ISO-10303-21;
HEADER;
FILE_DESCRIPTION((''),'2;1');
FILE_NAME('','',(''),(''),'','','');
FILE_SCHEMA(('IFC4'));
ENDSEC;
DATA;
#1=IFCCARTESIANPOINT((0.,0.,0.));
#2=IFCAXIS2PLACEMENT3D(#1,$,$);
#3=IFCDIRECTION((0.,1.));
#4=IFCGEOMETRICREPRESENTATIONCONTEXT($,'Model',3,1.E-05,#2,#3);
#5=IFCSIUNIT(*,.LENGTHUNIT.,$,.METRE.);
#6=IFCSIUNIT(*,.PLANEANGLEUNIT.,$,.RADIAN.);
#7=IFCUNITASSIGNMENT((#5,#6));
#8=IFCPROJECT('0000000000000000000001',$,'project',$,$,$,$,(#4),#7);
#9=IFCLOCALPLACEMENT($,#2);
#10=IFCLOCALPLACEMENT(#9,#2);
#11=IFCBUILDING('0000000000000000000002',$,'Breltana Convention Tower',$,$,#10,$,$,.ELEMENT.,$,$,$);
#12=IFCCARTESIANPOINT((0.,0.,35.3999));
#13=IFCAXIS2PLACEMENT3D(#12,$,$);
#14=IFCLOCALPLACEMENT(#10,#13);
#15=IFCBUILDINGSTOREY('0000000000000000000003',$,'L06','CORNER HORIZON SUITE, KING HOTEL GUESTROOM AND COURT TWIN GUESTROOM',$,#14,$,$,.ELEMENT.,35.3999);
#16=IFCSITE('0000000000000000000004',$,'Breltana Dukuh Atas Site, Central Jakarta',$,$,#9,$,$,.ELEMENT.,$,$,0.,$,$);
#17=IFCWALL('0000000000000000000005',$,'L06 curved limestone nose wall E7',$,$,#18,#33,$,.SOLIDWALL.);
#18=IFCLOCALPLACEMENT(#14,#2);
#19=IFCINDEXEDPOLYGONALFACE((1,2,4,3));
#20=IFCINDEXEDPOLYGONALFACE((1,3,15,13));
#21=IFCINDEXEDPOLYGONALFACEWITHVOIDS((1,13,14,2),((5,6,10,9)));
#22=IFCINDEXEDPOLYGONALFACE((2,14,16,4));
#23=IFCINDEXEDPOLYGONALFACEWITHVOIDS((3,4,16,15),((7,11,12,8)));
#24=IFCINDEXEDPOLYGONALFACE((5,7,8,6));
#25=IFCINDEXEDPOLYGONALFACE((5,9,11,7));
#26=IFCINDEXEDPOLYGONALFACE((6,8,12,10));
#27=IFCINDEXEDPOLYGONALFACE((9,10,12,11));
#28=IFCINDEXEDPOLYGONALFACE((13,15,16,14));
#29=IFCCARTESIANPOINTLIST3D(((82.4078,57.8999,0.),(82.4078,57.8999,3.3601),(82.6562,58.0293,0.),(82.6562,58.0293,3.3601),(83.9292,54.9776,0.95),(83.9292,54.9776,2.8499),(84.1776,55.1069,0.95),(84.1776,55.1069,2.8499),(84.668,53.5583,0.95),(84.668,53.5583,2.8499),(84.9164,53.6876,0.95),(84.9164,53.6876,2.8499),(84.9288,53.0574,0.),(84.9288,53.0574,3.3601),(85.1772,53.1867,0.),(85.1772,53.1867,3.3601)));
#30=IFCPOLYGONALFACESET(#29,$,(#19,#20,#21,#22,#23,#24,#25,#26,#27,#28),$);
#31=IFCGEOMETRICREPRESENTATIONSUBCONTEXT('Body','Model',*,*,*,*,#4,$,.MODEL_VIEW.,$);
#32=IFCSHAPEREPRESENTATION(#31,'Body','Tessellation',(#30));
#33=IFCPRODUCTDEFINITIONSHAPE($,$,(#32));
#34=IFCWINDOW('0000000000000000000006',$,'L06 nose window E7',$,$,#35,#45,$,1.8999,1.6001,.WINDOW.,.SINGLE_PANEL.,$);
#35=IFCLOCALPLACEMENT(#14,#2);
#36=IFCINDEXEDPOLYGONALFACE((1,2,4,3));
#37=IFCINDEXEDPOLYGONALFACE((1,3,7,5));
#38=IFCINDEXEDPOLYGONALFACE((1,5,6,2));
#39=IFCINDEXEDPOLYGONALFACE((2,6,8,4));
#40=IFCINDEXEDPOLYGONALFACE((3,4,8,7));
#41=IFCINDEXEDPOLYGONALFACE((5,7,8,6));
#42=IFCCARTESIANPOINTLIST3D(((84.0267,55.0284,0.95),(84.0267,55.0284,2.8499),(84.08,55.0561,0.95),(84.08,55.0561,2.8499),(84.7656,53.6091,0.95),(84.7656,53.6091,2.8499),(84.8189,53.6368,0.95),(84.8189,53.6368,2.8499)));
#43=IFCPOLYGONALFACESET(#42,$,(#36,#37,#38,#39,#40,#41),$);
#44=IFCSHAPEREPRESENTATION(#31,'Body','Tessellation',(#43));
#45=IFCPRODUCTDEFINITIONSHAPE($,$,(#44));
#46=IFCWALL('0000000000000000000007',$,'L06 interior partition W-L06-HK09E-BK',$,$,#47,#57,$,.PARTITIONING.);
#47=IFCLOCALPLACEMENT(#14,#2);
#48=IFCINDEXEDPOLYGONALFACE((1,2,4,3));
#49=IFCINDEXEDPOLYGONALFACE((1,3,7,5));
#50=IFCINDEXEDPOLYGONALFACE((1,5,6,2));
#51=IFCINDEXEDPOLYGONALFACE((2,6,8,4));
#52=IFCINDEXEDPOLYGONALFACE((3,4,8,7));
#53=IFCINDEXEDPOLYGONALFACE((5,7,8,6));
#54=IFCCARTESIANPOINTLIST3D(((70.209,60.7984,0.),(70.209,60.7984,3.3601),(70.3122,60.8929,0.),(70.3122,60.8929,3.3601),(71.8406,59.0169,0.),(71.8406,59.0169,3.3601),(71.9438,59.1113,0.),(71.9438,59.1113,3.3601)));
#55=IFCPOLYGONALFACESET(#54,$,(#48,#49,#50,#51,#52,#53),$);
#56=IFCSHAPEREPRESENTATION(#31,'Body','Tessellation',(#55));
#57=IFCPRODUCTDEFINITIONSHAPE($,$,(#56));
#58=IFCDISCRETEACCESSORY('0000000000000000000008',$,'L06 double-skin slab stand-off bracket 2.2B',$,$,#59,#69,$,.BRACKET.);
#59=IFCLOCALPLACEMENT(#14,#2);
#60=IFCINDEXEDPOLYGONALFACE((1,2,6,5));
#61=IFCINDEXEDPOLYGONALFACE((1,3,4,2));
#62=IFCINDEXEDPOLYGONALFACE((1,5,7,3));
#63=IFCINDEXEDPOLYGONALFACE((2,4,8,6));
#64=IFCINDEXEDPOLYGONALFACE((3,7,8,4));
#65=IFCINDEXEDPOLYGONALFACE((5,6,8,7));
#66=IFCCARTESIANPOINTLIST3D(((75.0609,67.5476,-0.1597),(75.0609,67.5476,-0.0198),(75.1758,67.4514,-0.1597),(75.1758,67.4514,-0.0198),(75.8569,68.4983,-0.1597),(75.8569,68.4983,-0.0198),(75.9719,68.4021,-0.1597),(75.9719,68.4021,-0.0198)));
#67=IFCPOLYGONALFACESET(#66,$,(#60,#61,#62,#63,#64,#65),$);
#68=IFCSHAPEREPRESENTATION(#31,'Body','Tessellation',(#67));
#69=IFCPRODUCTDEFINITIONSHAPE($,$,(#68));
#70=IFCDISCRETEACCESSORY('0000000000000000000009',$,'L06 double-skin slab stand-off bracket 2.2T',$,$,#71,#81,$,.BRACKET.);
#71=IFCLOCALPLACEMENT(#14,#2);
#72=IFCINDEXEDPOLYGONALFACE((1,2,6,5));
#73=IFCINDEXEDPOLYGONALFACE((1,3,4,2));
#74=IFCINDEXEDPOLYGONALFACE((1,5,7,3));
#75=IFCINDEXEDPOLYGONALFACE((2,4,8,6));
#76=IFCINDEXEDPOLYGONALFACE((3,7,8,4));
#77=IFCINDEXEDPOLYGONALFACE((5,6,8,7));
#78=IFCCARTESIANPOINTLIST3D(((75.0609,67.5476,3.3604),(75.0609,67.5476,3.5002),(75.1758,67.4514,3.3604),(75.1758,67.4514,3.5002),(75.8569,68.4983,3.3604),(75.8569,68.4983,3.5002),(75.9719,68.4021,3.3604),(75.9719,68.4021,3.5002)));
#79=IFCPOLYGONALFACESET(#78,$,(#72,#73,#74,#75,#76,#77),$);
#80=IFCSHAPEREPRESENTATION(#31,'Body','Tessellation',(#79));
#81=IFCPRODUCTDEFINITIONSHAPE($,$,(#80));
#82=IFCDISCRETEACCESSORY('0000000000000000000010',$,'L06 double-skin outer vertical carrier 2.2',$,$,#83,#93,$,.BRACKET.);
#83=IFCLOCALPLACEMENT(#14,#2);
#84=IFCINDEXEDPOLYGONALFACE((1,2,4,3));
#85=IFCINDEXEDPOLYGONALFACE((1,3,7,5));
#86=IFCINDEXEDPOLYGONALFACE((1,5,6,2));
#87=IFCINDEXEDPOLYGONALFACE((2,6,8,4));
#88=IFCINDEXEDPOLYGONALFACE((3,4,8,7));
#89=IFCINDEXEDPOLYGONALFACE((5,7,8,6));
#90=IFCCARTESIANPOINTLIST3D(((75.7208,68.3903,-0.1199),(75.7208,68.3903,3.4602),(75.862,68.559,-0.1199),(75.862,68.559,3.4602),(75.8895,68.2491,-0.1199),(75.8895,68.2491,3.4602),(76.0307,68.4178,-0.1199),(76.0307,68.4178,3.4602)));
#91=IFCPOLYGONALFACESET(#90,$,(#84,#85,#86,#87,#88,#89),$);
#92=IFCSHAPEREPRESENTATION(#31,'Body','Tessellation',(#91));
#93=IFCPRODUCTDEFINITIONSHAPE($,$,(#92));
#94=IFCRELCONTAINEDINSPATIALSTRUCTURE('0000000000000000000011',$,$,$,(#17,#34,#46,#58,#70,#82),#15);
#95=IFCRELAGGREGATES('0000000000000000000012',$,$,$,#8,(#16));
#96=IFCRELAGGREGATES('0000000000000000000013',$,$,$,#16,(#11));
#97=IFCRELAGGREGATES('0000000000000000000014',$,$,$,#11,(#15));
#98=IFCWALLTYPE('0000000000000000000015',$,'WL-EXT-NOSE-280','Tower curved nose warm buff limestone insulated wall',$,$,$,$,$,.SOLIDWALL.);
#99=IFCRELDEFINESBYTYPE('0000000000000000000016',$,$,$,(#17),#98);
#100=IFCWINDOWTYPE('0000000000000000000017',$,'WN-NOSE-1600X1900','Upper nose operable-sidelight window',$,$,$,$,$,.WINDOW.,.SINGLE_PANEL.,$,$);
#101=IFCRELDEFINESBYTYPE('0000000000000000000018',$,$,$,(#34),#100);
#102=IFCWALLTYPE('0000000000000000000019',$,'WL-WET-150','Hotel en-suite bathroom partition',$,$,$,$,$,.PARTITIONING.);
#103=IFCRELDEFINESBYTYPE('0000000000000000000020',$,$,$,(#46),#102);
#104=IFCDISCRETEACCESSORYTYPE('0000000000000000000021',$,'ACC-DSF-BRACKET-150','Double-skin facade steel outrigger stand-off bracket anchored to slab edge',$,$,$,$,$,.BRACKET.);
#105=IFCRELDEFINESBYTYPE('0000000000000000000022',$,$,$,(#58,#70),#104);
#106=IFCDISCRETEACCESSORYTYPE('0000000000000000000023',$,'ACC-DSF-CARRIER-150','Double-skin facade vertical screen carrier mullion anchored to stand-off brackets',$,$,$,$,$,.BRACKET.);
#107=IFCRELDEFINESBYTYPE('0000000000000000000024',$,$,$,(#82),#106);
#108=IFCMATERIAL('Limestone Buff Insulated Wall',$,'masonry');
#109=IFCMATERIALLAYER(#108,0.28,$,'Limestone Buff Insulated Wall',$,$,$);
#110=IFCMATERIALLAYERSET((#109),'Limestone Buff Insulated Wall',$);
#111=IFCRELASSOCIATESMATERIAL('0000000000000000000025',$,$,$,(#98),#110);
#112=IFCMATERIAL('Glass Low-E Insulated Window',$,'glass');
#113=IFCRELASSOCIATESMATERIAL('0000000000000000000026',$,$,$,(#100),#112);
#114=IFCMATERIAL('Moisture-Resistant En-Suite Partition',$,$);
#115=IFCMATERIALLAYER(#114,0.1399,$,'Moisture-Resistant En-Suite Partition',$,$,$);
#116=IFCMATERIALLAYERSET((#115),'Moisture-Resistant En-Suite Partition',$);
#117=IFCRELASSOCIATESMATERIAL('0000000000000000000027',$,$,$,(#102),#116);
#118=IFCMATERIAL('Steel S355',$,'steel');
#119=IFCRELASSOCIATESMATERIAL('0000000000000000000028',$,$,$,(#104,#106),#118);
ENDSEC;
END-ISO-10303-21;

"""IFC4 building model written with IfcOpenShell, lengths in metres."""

from ifc_helpers import new_model, si_unit, direction, frame, frame_2d, origin, origin_2d, place, context, subcontext, project, spatial, rectangle, extrude, source, transform, mapped, material, layer, layer_set, type_object, type_shapes, element, fill, save


model = new_model("IFC4")

# Units and contexts
model_context = context("Model", 3, precision=1e-05, world=origin(), true_north=direction((0.0, 1.0)))
body_context = subcontext(model_context, "Body", "Model", "MODEL_VIEW")
ifc_project = project(units=[si_unit("LENGTHUNIT", "METRE"), si_unit("PLANEANGLEUNIT", "RADIAN")], contexts=[model_context])

# Site, building, storey
site_placement = place(None, origin())
site = spatial("IfcSite", under=ifc_project, at=site_placement, Name="Breltana Dukuh Atas Site, Central Jakarta", CompositionType="ELEMENT", RefElevation=0.0)
building_placement = place(site_placement, origin())
building = spatial("IfcBuilding", under=site, at=building_placement, Name="Breltana Convention Tower", CompositionType="ELEMENT")
storey_placement = place(building_placement, frame((0.0, 0.0, 35.3999)))
storey = spatial("IfcBuildingStorey", under=building, at=storey_placement, Name="L06", Description="CORNER HORIZON SUITE, KING HOTEL GUESTROOM AND COURT TWIN GUESTROOM", CompositionType="ELEMENT", Elevation=35.3999)

# Wall, opening, window
ifc_material_1 = material(Name="Limestone Buff Insulated Wall", Category="masonry")
ifc_layer_1 = layer(ifc_material_1, 0.28, Name="Limestone Buff Insulated Wall")
ifc_layer_set_1 = layer_set([ifc_layer_1], Name="Limestone Buff Insulated Wall")
wall_type_1 = type_object("IfcWallType", Name="WL-EXT-NOSE-280", Description="Tower curved nose warm buff limestone insulated wall", PredefinedType="SOLIDWALL", material=ifc_layer_set_1)
shared_shape_1 = source(origin(), body_context, "Body", "SweptSolid", [
    extrude(rectangle(XDim=5.4595, YDim=0.28, at=frame_2d((2.7297, 0.0))), origin(), (0.0, 0.0, 1.0), 3.3601),
])
wall_1_placement = place(storey_placement, frame((82.532, 57.9646, 0.0), z_axis=(0.0, 0.0, 1.0), x_axis=(0.461768, -0.887001, 0.0)))
wall_1 = element("IfcWall", 1, at=wall_1_placement, inside=storey, type_object=wall_type_1, Name="L06 curved limestone nose wall E7", PredefinedType="SOLIDWALL", context=body_context, shape_type="MappedRepresentation", body=[
    mapped(shared_shape_1, transform((0.0, 0.0, 0.0), scale=1.0)),
])
opening_placement = place(wall_1_placement, frame((3.2947, 0.0, 0.95)))
opening = element("IfcOpeningElement", 2, at=opening_placement, cuts=wall_1, PredefinedType="OPENING", context=body_context, shape_type="SweptSolid", body=[
    extrude(rectangle(XDim=1.6001, YDim=1.8999, at=frame_2d((0.8, 0.95))), frame((0.0, 0.1499, 0.0), z_axis=(0.0, -1.0, 0.0), x_axis=(1.0, 0.0, 0.0)), (0.0, 0.0, 1.0), 0.3),
])
ifc_material_2 = material(Name="Glass Low-E Insulated Window", Category="glass")
window_type = type_object("IfcWindowType", Name="WN-NOSE-1600X1900", Description="Upper nose operable-sidelight window", PartitioningType="SINGLE_PANEL", PredefinedType="WINDOW", material=ifc_material_2)
shared_shape_2 = source(origin(), body_context, "Body", "SweptSolid", [
    extrude(rectangle(XDim=1.6001, YDim=1.8999, at=frame_2d((0.8, 0.95))), frame((0.0, 0.03, 0.0), z_axis=(0.0, -1.0, 0.0), x_axis=(1.0, 0.0, 0.0)), (0.0, 0.0, 1.0), 0.0601),
])
type_shapes(window_type, [shared_shape_2])
window_placement = place(opening_placement, origin())
window = element("IfcWindow", 3, at=window_placement, inside=storey, type_object=window_type, Name="L06 nose window E7", OverallHeight=1.8999, OverallWidth=1.6001, PartitioningType="SINGLE_PANEL", PredefinedType="WINDOW", context=body_context, shape_type="MappedRepresentation", body=[
    mapped(shared_shape_2, transform((0.0, 0.0, 0.0), scale=1.0)),
])
fill(opening, window)

# Wall
ifc_material_3 = material(Name="Moisture-Resistant En-Suite Partition")
ifc_layer_2 = layer(ifc_material_3, 0.1399, Name="Moisture-Resistant En-Suite Partition")
ifc_layer_set_2 = layer_set([ifc_layer_2], Name="Moisture-Resistant En-Suite Partition")
wall_type_2 = type_object("IfcWallType", Name="WL-WET-150", Description="Hotel en-suite bathroom partition", PredefinedType="PARTITIONING", material=ifc_layer_set_2)
shared_shape_3 = source(origin(), body_context, "Body", "SweptSolid", [
    extrude(rectangle(XDim=2.4158, YDim=0.1399, at=frame_2d((1.208, 0.0))), origin(), (0.0, 0.0, 1.0), 3.3601),
])
wall_2_placement = place(storey_placement, frame((70.2605, 60.8457, 0.0), z_axis=(0.0, 0.0, 1.0), x_axis=(0.6754, -0.737452, 0.0)))
element("IfcWall", 4, at=wall_2_placement, inside=storey, type_object=wall_type_2, Name="L06 interior partition W-L06-HK09E-BK", PredefinedType="PARTITIONING", context=body_context, shape_type="MappedRepresentation", body=[
    mapped(shared_shape_3, transform((0.0, 0.0, 0.0), scale=1.0)),
])

# Discrete accessories
ifc_material_4 = material(Name="Steel S355", Category="steel")
discrete_accessory_type_1 = type_object("IfcDiscreteAccessoryType", Name="ACC-DSF-BRACKET-150", Description="Double-skin facade steel outrigger stand-off bracket anchored to slab edge", PredefinedType="BRACKET", material=ifc_material_4)
shared_shape_4 = source(origin(), body_context, "Body", "SweptSolid", [
    extrude(rectangle(XDim=1.24, YDim=0.1499, at=origin_2d()), origin(), (0.0, 0.0, 1.0), 0.1399),
])
type_shapes(discrete_accessory_type_1, [shared_shape_4])
for number, where, z_axis, x_axis, name in (
    (5, (75.5164, 67.9749, -0.1597), (0.0, 0.0, 1.0), (0.64199, 0.766713, 0.0), "L06 double-skin slab stand-off bracket 2.2B"),
    (6, (75.5164, 67.9749, 3.3604), (0.0, 0.0, 1.0), (0.64199, 0.766713, 0.0), "L06 double-skin slab stand-off bracket 2.2T"),
):
    element("IfcDiscreteAccessory", number, at=place(storey_placement, frame(where, z_axis=z_axis, x_axis=x_axis)), inside=storey, type_object=discrete_accessory_type_1, Name=name, PredefinedType="BRACKET", context=body_context, shape_type="MappedRepresentation", body=[
        mapped(shared_shape_4, transform((0.0, 0.0, 0.0), scale=1.0)),
    ])
discrete_accessory_type_2 = type_object("IfcDiscreteAccessoryType", Name="ACC-DSF-CARRIER-150", Description="Double-skin facade vertical screen carrier mullion anchored to stand-off brackets", PredefinedType="BRACKET", material=ifc_material_4)
shared_shape_5 = source(origin(), body_context, "Body", "SweptSolid", [
    extrude(rectangle(XDim=0.22, YDim=0.22, at=origin_2d()), origin(), (0.0, 0.0, 1.0), 3.5801),
])
discrete_accessory_placement = place(storey_placement, frame((75.8757, 68.4041, -0.1199), z_axis=(0.0, 0.0, 1.0), x_axis=(0.64199, 0.766713, 0.0)))
element("IfcDiscreteAccessory", 7, at=discrete_accessory_placement, inside=storey, type_object=discrete_accessory_type_2, Name="L06 double-skin outer vertical carrier 2.2", PredefinedType="BRACKET", context=body_context, shape_type="MappedRepresentation", body=[
    mapped(shared_shape_5, transform((0.0, 0.0, 0.0), scale=1.0)),
])

save(model, "model.ifc")
